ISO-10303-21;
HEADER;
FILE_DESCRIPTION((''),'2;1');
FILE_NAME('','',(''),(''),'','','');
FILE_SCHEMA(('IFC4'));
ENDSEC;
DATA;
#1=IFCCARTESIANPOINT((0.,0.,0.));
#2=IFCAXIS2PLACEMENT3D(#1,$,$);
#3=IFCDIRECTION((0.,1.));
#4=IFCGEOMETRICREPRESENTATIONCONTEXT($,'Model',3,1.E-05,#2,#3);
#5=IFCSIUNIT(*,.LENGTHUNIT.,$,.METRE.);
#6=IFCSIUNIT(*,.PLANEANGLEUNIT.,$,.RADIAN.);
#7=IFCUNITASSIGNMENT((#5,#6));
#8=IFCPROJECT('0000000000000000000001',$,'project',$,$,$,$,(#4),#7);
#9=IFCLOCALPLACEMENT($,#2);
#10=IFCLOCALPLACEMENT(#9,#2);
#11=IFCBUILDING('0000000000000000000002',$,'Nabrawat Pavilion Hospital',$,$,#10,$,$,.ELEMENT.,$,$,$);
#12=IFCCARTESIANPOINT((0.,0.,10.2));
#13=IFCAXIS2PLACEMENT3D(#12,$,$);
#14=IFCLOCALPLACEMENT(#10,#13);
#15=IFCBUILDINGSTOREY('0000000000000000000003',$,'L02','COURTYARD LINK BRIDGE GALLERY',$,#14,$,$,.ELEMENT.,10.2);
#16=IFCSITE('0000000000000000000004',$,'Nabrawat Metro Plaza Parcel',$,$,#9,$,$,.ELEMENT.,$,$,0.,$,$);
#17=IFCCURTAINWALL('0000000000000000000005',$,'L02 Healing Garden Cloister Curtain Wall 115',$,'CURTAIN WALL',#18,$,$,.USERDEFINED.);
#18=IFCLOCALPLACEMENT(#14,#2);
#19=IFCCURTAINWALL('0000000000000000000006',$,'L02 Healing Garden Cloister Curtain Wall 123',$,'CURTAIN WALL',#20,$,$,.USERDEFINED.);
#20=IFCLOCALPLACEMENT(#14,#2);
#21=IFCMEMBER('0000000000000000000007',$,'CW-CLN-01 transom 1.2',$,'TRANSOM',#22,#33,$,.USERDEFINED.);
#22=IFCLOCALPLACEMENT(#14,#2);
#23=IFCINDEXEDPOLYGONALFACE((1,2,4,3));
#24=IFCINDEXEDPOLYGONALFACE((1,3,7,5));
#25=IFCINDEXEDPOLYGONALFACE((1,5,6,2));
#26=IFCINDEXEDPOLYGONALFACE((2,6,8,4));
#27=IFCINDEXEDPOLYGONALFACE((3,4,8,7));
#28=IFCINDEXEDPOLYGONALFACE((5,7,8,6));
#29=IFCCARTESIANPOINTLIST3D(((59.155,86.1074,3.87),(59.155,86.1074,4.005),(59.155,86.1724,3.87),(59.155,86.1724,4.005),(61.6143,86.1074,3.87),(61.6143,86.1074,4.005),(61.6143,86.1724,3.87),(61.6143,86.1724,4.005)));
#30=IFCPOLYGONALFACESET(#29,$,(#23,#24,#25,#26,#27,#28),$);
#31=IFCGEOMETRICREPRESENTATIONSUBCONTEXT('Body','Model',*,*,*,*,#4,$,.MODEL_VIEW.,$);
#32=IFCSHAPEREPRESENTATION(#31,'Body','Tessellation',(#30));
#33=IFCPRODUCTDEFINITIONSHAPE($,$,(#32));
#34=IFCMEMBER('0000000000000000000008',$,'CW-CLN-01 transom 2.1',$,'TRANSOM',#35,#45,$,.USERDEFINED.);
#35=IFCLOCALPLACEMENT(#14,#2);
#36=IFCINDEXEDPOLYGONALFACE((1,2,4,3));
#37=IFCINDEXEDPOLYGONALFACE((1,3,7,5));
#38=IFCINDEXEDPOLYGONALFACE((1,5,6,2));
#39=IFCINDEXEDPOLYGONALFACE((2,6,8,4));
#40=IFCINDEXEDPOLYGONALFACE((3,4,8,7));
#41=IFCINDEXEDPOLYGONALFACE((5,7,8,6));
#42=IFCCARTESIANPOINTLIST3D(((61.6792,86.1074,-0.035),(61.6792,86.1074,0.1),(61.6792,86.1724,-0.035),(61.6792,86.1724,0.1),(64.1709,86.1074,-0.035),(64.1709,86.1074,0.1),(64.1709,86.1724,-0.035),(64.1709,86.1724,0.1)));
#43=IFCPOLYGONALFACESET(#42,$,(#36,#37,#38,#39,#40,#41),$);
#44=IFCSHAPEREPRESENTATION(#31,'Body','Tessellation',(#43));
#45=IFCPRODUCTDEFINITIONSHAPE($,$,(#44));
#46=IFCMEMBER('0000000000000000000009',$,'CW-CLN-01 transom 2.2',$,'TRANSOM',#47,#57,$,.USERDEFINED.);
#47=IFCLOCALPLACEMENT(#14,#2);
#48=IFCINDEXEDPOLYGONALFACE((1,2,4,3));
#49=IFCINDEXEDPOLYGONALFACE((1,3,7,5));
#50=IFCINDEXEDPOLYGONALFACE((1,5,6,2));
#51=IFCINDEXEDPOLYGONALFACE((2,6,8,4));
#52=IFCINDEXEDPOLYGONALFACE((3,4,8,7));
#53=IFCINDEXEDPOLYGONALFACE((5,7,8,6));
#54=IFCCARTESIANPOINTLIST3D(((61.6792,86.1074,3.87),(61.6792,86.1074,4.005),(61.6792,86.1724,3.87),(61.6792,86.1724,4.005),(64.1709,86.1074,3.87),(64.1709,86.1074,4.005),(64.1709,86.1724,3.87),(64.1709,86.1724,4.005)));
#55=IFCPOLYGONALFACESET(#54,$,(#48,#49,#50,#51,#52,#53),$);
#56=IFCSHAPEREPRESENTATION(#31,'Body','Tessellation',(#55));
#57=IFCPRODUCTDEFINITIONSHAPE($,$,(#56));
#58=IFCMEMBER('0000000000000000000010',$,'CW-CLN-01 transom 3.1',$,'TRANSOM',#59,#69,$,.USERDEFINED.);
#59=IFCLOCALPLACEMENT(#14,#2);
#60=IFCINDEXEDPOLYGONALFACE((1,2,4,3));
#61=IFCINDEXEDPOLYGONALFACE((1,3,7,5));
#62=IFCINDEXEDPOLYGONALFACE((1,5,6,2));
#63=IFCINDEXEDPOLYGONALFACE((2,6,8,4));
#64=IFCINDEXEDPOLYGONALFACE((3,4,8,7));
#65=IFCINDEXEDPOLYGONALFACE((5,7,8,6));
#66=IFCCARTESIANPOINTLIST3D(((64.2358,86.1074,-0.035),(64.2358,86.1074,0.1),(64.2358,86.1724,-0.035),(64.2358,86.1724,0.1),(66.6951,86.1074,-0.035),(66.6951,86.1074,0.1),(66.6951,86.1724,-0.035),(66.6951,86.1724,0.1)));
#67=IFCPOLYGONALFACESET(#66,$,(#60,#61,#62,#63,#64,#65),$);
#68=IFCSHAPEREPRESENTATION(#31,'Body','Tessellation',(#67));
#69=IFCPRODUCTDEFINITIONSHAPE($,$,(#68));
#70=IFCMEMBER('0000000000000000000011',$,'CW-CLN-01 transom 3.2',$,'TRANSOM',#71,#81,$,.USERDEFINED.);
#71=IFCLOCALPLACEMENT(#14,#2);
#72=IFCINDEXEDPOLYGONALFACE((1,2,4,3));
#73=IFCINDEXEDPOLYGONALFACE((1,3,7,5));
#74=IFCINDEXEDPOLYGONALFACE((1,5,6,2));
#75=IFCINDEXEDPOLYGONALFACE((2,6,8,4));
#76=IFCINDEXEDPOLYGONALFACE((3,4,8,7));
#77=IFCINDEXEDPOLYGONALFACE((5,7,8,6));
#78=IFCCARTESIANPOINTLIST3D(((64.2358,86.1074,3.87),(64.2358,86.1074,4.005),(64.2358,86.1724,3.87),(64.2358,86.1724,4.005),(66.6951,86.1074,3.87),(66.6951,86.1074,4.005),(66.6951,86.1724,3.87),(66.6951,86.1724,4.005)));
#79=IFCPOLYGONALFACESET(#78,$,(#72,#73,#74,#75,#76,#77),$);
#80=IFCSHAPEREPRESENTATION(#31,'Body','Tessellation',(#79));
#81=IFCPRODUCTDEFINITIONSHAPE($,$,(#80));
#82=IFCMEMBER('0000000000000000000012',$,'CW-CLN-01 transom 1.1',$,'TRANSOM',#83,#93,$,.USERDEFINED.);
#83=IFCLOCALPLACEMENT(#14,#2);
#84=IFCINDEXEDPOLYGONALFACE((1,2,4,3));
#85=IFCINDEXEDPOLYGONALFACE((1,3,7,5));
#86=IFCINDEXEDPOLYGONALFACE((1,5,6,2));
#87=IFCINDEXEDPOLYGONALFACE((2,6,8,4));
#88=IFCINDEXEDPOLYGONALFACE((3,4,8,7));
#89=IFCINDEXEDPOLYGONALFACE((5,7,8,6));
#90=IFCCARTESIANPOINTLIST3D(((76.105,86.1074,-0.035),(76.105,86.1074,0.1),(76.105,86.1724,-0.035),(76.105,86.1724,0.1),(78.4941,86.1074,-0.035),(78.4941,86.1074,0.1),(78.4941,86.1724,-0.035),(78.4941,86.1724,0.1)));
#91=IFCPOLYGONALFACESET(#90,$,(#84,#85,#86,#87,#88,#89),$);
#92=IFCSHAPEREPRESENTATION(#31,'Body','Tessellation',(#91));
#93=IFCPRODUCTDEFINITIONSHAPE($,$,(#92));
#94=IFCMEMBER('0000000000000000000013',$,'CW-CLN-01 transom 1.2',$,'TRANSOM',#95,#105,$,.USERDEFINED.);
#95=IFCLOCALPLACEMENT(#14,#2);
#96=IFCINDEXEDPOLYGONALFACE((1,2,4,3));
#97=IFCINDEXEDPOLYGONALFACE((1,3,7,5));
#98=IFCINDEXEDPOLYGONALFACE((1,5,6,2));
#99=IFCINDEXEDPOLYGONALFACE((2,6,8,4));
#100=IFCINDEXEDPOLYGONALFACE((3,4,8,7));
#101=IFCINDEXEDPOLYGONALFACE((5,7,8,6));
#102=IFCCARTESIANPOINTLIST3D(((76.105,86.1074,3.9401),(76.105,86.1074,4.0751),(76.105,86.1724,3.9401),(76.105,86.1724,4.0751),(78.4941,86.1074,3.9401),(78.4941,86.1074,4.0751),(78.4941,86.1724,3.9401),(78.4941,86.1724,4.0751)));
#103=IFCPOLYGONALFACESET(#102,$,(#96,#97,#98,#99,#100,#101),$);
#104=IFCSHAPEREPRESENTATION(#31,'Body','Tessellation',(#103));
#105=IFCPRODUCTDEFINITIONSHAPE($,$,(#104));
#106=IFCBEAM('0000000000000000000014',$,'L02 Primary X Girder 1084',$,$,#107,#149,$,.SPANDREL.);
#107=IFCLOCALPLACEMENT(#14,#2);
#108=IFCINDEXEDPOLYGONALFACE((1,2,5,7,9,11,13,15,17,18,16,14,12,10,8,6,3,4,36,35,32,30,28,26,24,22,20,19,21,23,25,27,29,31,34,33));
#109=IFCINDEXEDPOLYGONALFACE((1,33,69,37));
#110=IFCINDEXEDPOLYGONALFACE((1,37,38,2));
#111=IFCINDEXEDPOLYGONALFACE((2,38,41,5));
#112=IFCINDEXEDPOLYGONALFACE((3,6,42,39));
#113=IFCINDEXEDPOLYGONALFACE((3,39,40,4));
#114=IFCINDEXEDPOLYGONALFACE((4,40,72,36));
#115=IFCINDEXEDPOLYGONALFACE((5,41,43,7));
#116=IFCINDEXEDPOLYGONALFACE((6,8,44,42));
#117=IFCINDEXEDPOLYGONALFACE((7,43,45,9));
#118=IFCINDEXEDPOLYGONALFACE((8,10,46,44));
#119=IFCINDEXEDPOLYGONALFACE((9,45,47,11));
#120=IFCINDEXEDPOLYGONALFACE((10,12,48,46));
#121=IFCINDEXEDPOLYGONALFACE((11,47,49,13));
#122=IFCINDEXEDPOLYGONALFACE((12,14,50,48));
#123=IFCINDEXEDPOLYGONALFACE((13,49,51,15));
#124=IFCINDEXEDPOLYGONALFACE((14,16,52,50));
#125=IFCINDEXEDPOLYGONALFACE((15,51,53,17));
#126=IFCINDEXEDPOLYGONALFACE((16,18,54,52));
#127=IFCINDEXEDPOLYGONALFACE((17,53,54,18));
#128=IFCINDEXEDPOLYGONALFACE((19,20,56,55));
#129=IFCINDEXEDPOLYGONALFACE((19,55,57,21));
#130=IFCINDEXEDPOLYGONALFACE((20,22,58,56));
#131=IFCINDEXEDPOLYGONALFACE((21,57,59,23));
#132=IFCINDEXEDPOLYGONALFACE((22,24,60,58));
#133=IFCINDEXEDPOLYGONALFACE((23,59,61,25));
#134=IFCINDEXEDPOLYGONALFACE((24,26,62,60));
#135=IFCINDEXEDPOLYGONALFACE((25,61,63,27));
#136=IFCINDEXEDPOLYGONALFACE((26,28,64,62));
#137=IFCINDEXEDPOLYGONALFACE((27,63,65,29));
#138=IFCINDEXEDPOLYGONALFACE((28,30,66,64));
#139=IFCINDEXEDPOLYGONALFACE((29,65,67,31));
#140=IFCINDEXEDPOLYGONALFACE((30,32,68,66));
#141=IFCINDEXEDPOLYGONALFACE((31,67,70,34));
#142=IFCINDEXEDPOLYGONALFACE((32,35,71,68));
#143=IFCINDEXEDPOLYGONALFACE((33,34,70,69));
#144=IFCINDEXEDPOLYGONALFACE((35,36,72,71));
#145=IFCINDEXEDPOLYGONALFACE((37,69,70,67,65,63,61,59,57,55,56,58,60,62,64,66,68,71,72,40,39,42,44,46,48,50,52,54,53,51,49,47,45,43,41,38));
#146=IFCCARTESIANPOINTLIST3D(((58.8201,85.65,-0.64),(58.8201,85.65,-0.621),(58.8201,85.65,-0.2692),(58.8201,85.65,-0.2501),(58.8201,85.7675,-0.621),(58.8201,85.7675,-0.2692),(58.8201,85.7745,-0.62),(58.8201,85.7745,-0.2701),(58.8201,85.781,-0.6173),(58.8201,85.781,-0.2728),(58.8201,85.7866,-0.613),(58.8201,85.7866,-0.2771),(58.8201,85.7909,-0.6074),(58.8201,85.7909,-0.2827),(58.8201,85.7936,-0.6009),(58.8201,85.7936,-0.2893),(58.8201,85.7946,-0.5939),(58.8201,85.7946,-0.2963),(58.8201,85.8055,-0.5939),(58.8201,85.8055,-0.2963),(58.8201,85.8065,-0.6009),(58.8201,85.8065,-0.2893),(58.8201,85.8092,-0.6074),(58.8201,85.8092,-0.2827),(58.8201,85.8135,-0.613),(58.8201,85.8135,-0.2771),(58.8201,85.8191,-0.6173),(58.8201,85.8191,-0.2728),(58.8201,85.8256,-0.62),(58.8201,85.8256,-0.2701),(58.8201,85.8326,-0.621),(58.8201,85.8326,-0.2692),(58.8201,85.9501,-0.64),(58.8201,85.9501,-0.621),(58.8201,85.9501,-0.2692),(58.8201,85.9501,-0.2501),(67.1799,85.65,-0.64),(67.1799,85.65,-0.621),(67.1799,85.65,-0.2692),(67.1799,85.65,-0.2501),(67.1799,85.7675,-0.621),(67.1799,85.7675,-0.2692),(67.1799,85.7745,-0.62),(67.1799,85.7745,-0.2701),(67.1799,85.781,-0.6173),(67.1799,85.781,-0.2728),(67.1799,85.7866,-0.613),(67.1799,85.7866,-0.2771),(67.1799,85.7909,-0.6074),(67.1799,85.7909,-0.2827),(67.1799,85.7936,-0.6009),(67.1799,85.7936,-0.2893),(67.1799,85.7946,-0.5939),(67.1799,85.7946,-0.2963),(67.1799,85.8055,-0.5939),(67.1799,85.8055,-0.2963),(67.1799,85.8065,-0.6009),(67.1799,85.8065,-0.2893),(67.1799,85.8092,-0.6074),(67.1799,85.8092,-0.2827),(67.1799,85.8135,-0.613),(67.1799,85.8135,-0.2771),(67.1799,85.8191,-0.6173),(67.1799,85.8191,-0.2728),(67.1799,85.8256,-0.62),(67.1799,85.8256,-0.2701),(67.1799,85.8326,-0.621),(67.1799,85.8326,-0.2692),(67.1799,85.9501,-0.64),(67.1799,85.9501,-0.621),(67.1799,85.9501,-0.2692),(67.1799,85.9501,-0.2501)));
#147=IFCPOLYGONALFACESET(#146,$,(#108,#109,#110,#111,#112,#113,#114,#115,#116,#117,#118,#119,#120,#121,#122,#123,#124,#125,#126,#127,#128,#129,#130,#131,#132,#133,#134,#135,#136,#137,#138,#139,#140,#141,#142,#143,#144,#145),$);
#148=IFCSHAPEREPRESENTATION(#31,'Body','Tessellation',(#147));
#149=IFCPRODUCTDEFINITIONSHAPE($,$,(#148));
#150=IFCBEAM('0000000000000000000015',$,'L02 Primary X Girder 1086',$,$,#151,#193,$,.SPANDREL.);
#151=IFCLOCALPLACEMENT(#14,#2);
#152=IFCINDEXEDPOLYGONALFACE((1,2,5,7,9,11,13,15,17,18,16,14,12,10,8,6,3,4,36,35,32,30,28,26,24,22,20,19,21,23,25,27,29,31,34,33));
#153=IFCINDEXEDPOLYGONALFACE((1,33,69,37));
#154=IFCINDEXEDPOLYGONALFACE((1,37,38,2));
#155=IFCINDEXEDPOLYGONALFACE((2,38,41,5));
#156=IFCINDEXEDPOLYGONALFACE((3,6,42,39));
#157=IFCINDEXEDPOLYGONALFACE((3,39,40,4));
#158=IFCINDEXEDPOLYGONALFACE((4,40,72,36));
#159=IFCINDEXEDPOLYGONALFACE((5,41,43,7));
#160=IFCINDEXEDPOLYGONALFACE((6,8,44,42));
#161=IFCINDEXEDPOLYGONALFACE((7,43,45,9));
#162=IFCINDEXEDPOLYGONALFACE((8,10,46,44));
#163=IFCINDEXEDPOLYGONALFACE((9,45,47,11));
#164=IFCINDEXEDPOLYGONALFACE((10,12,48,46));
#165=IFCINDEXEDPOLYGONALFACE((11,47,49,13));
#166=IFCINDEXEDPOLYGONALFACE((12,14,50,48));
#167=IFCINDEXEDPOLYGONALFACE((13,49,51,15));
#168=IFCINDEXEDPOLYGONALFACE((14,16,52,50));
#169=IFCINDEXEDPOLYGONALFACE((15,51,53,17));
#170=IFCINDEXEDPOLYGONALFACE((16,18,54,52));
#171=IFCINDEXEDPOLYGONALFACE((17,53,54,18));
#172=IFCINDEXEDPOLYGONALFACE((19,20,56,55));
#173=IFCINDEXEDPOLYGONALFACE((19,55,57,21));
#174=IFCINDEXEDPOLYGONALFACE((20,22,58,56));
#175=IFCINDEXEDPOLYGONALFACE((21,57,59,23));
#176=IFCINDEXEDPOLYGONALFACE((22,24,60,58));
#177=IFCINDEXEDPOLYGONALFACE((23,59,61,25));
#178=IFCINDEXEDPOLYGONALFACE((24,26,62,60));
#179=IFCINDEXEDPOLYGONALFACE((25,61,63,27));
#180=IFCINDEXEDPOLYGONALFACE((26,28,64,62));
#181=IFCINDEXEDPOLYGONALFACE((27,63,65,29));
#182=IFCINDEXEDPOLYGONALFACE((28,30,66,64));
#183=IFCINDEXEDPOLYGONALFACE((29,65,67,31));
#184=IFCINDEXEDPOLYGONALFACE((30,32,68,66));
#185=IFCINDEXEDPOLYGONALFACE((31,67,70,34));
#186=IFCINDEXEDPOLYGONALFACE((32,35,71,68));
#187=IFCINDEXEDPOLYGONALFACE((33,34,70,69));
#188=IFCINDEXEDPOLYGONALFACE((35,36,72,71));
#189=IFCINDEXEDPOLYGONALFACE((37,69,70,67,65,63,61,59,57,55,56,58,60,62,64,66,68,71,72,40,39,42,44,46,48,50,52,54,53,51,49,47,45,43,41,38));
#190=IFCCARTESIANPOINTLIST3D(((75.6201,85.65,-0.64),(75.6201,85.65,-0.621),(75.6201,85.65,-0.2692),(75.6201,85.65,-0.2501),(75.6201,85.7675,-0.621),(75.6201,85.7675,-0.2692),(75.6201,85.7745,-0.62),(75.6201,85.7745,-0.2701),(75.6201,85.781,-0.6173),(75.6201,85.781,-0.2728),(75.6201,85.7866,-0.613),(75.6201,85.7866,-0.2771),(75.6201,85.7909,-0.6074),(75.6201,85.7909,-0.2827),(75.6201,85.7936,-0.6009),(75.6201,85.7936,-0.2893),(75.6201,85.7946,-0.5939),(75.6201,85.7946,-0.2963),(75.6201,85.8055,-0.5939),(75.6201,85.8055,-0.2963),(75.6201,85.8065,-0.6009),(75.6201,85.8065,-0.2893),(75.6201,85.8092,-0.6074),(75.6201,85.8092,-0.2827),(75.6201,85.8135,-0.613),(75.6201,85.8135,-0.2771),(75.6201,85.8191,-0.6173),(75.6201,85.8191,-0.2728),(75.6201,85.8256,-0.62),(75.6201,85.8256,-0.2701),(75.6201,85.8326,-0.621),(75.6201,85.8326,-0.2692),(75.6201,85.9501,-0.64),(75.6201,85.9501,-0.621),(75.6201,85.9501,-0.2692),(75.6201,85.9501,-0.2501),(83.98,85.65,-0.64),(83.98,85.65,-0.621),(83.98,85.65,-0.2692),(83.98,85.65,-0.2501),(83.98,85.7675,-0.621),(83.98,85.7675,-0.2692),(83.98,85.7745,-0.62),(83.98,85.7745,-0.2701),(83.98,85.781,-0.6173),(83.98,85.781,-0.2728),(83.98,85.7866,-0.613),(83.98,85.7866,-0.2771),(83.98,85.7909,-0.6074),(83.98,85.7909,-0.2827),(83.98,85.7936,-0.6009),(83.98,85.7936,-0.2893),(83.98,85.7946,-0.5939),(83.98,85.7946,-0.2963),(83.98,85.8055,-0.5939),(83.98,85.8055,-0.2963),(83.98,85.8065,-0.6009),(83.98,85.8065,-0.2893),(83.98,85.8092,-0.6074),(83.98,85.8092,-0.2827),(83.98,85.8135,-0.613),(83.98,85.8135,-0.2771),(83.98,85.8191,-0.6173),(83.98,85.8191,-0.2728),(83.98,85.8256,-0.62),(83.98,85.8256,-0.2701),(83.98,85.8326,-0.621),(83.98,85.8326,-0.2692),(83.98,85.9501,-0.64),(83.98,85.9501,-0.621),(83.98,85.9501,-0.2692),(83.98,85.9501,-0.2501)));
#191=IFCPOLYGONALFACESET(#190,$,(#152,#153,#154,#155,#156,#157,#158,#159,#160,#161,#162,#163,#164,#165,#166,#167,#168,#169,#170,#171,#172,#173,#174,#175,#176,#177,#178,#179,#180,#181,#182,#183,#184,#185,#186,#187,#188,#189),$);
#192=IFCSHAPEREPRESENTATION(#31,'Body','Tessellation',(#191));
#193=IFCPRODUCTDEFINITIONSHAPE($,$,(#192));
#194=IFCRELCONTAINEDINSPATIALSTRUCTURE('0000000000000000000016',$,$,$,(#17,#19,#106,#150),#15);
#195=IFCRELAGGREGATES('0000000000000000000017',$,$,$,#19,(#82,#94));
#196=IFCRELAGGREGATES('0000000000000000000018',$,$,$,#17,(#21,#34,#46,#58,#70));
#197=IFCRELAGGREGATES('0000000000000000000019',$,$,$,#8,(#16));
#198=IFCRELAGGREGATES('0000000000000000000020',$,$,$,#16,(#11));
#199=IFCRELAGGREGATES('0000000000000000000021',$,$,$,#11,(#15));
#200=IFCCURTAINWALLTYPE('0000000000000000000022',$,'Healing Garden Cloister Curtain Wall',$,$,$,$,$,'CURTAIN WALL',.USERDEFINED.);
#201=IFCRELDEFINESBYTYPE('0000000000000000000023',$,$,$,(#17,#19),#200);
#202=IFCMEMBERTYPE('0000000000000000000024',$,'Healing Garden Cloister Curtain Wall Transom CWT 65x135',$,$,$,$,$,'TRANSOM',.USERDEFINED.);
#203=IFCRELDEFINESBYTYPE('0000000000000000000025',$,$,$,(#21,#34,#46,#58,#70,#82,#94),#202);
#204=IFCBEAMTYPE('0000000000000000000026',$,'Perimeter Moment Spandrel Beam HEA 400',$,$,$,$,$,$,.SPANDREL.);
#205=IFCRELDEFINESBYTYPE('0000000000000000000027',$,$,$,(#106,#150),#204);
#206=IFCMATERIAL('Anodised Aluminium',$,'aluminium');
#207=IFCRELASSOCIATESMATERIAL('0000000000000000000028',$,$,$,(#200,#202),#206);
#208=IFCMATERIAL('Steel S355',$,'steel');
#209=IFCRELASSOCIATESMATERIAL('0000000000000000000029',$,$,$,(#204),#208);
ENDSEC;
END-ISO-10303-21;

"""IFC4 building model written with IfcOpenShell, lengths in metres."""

from ifc_helpers import new_model, si_unit, direction, frame, origin, origin_2d, place, context, subcontext, project, spatial, rectangle, i_section, extrude, material, material_profile, profile_set, type_object, element, aggregate, save


model = new_model("IFC4")

# Units and contexts
model_context = context("Model", 3, precision=1e-05, world=origin(), true_north=direction((0.0, 1.0)))
body_context = subcontext(model_context, "Body", "Model", "MODEL_VIEW")
ifc_project = project(units=[si_unit("LENGTHUNIT", "METRE"), si_unit("PLANEANGLEUNIT", "RADIAN")], contexts=[model_context])

# Site, building, storey
site_placement = place(None, origin())
site = spatial("IfcSite", under=ifc_project, at=site_placement, Name="Nabrawat Metro Plaza Parcel", CompositionType="ELEMENT", RefElevation=0.0)
building_placement = place(site_placement, origin())
building = spatial("IfcBuilding", under=site, at=building_placement, Name="Nabrawat Pavilion Hospital", CompositionType="ELEMENT")
storey_placement = place(building_placement, frame((0.0, 0.0, 10.2)))
storey = spatial("IfcBuildingStorey", under=building, at=storey_placement, Name="L02", Description="COURTYARD LINK BRIDGE GALLERY", CompositionType="ELEMENT", Elevation=10.2)

# Shared definitions
ifc_material_1 = material(Name="Steel S355", Category="steel")

# Shared definitions
ifc_material_2 = material(Name="Anodised Aluminium", Category="aluminium")

# Curtain wall
curtain_wall_type_1 = type_object("IfcCurtainWallType", Name="Healing Garden Cloister Curtain Wall", ElementType="CURTAIN WALL", PredefinedType="USERDEFINED", material=ifc_material_2)
curtain_wall_1_placement = place(storey_placement, origin())
curtain_wall_1 = element("IfcCurtainWall", 1, at=curtain_wall_1_placement, inside=storey, type_object=curtain_wall_type_1, Name="L02 Healing Garden Cloister Curtain Wall 115", ObjectType="CURTAIN WALL", PredefinedType="USERDEFINED")

# Curtain wall
curtain_wall_2_placement = place(storey_placement, origin())
curtain_wall_2 = element("IfcCurtainWall", 2, at=curtain_wall_2_placement, inside=storey, type_object=curtain_wall_type_1, Name="L02 Healing Garden Cloister Curtain Wall 123", ObjectType="CURTAIN WALL", PredefinedType="USERDEFINED")

# Members
ifc_material_profile_1 = material_profile(ifc_material_2, rectangle(XDim=0.0649, YDim=0.135, at=origin_2d()), Name="CWT 65x135")
ifc_profile_set_1 = profile_set([ifc_material_profile_1], Name="Anodised Aluminium")
member_type_1 = type_object("IfcMemberType", Name="Healing Garden Cloister Curtain Wall Transom CWT 65x135", ElementType="TRANSOM", PredefinedType="USERDEFINED", material=ifc_profile_set_1)
member_1_placement = place(storey_placement, frame((59.155, 86.1399, 3.9375), z_axis=(1.0, 0.0, 0.0), x_axis=(0.0, 1.0, 0.0)))
member_1 = element("IfcMember", 3, at=member_1_placement, type_object=member_type_1, Name="CW-CLN-01 transom 1.2", ObjectType="TRANSOM", PredefinedType="USERDEFINED", context=body_context, shape_type="SweptSolid", body=[
    extrude(rectangle(XDim=0.0649, YDim=0.135, at=origin_2d()), origin(), (0.0, 0.0, 1.0), 2.4592),
])
member_2_placement = place(storey_placement, frame((61.6792, 86.1399, 0.0325), z_axis=(1.0, 0.0, 0.0), x_axis=(0.0, 1.0, 0.0)))
member_2 = element("IfcMember", 4, at=member_2_placement, type_object=member_type_1, Name="CW-CLN-01 transom 2.1", ObjectType="TRANSOM", PredefinedType="USERDEFINED", context=body_context, shape_type="SweptSolid", body=[
    extrude(rectangle(XDim=0.0649, YDim=0.135, at=origin_2d()), origin(), (0.0, 0.0, 1.0), 2.4917),
])
member_3_placement = place(storey_placement, frame((61.6792, 86.1399, 3.9375), z_axis=(1.0, 0.0, 0.0), x_axis=(0.0, 1.0, 0.0)))
member_3 = element("IfcMember", 5, at=member_3_placement, type_object=member_type_1, Name="CW-CLN-01 transom 2.2", ObjectType="TRANSOM", PredefinedType="USERDEFINED", context=body_context, shape_type="SweptSolid", body=[
    extrude(rectangle(XDim=0.0649, YDim=0.135, at=origin_2d()), origin(), (0.0, 0.0, 1.0), 2.4917),
])
member_4_placement = place(storey_placement, frame((64.2358, 86.1399, 0.0325), z_axis=(1.0, 0.0, 0.0), x_axis=(0.0, 1.0, 0.0)))
member_4 = element("IfcMember", 6, at=member_4_placement, type_object=member_type_1, Name="CW-CLN-01 transom 3.1", ObjectType="TRANSOM", PredefinedType="USERDEFINED", context=body_context, shape_type="SweptSolid", body=[
    extrude(rectangle(XDim=0.0649, YDim=0.135, at=origin_2d()), origin(), (0.0, 0.0, 1.0), 2.4592),
])
member_5_placement = place(storey_placement, frame((64.2358, 86.1399, 3.9375), z_axis=(1.0, 0.0, 0.0), x_axis=(0.0, 1.0, 0.0)))
member_5 = element("IfcMember", 7, at=member_5_placement, type_object=member_type_1, Name="CW-CLN-01 transom 3.2", ObjectType="TRANSOM", PredefinedType="USERDEFINED", context=body_context, shape_type="SweptSolid", body=[
    extrude(rectangle(XDim=0.0649, YDim=0.135, at=origin_2d()), origin(), (0.0, 0.0, 1.0), 2.4592),
])
member_6_placement = place(storey_placement, frame((76.105, 86.1399, 0.0325), z_axis=(1.0, 0.0, 0.0), x_axis=(0.0, 1.0, 0.0)))
member_6 = element("IfcMember", 8, at=member_6_placement, type_object=member_type_1, Name="CW-CLN-01 transom 1.1", ObjectType="TRANSOM", PredefinedType="USERDEFINED", context=body_context, shape_type="SweptSolid", body=[
    extrude(rectangle(XDim=0.0649, YDim=0.135, at=origin_2d()), origin(), (0.0, 0.0, 1.0), 2.3892),
])
member_7_placement = place(storey_placement, frame((76.105, 86.1399, 4.0076), z_axis=(1.0, 0.0, 0.0), x_axis=(0.0, 1.0, 0.0)))
member_7 = element("IfcMember", 9, at=member_7_placement, type_object=member_type_1, Name="CW-CLN-01 transom 1.2", ObjectType="TRANSOM", PredefinedType="USERDEFINED", context=body_context, shape_type="SweptSolid", body=[
    extrude(rectangle(XDim=0.0649, YDim=0.135, at=origin_2d()), origin(), (0.0, 0.0, 1.0), 2.3892),
])
aggregate(curtain_wall_2, [member_6, member_7])

# Beams
ifc_material_profile_2 = material_profile(ifc_material_1, i_section(OverallWidth=0.3, OverallDepth=0.3899, WebThickness=0.011, FlangeThickness=0.019, FilletRadius=0.0271, at=origin_2d()), Name="HEA 400")
ifc_profile_set_2 = profile_set([ifc_material_profile_2], Name="Steel S355")
beam_type_1 = type_object("IfcBeamType", Name="Perimeter Moment Spandrel Beam HEA 400", PredefinedType="SPANDREL", material=ifc_profile_set_2)
for number, where, z_axis, x_axis, name in (
    (10, (58.8201, 85.8, -0.4451), (1.0, 0.0, 0.0), (0.0, 1.0, 0.0), "L02 Primary X Girder 1084"),
    (11, (75.6201, 85.8, -0.4451), (1.0, 0.0, 0.0), (0.0, 1.0, 0.0), "L02 Primary X Girder 1086"),
):
    element("IfcBeam", number, at=place(storey_placement, frame(where, z_axis=z_axis, x_axis=x_axis)), inside=storey, type_object=beam_type_1, Name=name, PredefinedType="SPANDREL", context=body_context, shape_type="SweptSolid", body=[
        extrude(i_section(OverallWidth=0.3, OverallDepth=0.3899, WebThickness=0.011, FlangeThickness=0.019, FilletRadius=0.0271, at=origin_2d()), origin(), (0.0, 0.0, 1.0), 8.3599),
    ])

aggregate(curtain_wall_1, [member_1, member_2, member_3, member_4, member_5])

save(model, "model.ifc")
